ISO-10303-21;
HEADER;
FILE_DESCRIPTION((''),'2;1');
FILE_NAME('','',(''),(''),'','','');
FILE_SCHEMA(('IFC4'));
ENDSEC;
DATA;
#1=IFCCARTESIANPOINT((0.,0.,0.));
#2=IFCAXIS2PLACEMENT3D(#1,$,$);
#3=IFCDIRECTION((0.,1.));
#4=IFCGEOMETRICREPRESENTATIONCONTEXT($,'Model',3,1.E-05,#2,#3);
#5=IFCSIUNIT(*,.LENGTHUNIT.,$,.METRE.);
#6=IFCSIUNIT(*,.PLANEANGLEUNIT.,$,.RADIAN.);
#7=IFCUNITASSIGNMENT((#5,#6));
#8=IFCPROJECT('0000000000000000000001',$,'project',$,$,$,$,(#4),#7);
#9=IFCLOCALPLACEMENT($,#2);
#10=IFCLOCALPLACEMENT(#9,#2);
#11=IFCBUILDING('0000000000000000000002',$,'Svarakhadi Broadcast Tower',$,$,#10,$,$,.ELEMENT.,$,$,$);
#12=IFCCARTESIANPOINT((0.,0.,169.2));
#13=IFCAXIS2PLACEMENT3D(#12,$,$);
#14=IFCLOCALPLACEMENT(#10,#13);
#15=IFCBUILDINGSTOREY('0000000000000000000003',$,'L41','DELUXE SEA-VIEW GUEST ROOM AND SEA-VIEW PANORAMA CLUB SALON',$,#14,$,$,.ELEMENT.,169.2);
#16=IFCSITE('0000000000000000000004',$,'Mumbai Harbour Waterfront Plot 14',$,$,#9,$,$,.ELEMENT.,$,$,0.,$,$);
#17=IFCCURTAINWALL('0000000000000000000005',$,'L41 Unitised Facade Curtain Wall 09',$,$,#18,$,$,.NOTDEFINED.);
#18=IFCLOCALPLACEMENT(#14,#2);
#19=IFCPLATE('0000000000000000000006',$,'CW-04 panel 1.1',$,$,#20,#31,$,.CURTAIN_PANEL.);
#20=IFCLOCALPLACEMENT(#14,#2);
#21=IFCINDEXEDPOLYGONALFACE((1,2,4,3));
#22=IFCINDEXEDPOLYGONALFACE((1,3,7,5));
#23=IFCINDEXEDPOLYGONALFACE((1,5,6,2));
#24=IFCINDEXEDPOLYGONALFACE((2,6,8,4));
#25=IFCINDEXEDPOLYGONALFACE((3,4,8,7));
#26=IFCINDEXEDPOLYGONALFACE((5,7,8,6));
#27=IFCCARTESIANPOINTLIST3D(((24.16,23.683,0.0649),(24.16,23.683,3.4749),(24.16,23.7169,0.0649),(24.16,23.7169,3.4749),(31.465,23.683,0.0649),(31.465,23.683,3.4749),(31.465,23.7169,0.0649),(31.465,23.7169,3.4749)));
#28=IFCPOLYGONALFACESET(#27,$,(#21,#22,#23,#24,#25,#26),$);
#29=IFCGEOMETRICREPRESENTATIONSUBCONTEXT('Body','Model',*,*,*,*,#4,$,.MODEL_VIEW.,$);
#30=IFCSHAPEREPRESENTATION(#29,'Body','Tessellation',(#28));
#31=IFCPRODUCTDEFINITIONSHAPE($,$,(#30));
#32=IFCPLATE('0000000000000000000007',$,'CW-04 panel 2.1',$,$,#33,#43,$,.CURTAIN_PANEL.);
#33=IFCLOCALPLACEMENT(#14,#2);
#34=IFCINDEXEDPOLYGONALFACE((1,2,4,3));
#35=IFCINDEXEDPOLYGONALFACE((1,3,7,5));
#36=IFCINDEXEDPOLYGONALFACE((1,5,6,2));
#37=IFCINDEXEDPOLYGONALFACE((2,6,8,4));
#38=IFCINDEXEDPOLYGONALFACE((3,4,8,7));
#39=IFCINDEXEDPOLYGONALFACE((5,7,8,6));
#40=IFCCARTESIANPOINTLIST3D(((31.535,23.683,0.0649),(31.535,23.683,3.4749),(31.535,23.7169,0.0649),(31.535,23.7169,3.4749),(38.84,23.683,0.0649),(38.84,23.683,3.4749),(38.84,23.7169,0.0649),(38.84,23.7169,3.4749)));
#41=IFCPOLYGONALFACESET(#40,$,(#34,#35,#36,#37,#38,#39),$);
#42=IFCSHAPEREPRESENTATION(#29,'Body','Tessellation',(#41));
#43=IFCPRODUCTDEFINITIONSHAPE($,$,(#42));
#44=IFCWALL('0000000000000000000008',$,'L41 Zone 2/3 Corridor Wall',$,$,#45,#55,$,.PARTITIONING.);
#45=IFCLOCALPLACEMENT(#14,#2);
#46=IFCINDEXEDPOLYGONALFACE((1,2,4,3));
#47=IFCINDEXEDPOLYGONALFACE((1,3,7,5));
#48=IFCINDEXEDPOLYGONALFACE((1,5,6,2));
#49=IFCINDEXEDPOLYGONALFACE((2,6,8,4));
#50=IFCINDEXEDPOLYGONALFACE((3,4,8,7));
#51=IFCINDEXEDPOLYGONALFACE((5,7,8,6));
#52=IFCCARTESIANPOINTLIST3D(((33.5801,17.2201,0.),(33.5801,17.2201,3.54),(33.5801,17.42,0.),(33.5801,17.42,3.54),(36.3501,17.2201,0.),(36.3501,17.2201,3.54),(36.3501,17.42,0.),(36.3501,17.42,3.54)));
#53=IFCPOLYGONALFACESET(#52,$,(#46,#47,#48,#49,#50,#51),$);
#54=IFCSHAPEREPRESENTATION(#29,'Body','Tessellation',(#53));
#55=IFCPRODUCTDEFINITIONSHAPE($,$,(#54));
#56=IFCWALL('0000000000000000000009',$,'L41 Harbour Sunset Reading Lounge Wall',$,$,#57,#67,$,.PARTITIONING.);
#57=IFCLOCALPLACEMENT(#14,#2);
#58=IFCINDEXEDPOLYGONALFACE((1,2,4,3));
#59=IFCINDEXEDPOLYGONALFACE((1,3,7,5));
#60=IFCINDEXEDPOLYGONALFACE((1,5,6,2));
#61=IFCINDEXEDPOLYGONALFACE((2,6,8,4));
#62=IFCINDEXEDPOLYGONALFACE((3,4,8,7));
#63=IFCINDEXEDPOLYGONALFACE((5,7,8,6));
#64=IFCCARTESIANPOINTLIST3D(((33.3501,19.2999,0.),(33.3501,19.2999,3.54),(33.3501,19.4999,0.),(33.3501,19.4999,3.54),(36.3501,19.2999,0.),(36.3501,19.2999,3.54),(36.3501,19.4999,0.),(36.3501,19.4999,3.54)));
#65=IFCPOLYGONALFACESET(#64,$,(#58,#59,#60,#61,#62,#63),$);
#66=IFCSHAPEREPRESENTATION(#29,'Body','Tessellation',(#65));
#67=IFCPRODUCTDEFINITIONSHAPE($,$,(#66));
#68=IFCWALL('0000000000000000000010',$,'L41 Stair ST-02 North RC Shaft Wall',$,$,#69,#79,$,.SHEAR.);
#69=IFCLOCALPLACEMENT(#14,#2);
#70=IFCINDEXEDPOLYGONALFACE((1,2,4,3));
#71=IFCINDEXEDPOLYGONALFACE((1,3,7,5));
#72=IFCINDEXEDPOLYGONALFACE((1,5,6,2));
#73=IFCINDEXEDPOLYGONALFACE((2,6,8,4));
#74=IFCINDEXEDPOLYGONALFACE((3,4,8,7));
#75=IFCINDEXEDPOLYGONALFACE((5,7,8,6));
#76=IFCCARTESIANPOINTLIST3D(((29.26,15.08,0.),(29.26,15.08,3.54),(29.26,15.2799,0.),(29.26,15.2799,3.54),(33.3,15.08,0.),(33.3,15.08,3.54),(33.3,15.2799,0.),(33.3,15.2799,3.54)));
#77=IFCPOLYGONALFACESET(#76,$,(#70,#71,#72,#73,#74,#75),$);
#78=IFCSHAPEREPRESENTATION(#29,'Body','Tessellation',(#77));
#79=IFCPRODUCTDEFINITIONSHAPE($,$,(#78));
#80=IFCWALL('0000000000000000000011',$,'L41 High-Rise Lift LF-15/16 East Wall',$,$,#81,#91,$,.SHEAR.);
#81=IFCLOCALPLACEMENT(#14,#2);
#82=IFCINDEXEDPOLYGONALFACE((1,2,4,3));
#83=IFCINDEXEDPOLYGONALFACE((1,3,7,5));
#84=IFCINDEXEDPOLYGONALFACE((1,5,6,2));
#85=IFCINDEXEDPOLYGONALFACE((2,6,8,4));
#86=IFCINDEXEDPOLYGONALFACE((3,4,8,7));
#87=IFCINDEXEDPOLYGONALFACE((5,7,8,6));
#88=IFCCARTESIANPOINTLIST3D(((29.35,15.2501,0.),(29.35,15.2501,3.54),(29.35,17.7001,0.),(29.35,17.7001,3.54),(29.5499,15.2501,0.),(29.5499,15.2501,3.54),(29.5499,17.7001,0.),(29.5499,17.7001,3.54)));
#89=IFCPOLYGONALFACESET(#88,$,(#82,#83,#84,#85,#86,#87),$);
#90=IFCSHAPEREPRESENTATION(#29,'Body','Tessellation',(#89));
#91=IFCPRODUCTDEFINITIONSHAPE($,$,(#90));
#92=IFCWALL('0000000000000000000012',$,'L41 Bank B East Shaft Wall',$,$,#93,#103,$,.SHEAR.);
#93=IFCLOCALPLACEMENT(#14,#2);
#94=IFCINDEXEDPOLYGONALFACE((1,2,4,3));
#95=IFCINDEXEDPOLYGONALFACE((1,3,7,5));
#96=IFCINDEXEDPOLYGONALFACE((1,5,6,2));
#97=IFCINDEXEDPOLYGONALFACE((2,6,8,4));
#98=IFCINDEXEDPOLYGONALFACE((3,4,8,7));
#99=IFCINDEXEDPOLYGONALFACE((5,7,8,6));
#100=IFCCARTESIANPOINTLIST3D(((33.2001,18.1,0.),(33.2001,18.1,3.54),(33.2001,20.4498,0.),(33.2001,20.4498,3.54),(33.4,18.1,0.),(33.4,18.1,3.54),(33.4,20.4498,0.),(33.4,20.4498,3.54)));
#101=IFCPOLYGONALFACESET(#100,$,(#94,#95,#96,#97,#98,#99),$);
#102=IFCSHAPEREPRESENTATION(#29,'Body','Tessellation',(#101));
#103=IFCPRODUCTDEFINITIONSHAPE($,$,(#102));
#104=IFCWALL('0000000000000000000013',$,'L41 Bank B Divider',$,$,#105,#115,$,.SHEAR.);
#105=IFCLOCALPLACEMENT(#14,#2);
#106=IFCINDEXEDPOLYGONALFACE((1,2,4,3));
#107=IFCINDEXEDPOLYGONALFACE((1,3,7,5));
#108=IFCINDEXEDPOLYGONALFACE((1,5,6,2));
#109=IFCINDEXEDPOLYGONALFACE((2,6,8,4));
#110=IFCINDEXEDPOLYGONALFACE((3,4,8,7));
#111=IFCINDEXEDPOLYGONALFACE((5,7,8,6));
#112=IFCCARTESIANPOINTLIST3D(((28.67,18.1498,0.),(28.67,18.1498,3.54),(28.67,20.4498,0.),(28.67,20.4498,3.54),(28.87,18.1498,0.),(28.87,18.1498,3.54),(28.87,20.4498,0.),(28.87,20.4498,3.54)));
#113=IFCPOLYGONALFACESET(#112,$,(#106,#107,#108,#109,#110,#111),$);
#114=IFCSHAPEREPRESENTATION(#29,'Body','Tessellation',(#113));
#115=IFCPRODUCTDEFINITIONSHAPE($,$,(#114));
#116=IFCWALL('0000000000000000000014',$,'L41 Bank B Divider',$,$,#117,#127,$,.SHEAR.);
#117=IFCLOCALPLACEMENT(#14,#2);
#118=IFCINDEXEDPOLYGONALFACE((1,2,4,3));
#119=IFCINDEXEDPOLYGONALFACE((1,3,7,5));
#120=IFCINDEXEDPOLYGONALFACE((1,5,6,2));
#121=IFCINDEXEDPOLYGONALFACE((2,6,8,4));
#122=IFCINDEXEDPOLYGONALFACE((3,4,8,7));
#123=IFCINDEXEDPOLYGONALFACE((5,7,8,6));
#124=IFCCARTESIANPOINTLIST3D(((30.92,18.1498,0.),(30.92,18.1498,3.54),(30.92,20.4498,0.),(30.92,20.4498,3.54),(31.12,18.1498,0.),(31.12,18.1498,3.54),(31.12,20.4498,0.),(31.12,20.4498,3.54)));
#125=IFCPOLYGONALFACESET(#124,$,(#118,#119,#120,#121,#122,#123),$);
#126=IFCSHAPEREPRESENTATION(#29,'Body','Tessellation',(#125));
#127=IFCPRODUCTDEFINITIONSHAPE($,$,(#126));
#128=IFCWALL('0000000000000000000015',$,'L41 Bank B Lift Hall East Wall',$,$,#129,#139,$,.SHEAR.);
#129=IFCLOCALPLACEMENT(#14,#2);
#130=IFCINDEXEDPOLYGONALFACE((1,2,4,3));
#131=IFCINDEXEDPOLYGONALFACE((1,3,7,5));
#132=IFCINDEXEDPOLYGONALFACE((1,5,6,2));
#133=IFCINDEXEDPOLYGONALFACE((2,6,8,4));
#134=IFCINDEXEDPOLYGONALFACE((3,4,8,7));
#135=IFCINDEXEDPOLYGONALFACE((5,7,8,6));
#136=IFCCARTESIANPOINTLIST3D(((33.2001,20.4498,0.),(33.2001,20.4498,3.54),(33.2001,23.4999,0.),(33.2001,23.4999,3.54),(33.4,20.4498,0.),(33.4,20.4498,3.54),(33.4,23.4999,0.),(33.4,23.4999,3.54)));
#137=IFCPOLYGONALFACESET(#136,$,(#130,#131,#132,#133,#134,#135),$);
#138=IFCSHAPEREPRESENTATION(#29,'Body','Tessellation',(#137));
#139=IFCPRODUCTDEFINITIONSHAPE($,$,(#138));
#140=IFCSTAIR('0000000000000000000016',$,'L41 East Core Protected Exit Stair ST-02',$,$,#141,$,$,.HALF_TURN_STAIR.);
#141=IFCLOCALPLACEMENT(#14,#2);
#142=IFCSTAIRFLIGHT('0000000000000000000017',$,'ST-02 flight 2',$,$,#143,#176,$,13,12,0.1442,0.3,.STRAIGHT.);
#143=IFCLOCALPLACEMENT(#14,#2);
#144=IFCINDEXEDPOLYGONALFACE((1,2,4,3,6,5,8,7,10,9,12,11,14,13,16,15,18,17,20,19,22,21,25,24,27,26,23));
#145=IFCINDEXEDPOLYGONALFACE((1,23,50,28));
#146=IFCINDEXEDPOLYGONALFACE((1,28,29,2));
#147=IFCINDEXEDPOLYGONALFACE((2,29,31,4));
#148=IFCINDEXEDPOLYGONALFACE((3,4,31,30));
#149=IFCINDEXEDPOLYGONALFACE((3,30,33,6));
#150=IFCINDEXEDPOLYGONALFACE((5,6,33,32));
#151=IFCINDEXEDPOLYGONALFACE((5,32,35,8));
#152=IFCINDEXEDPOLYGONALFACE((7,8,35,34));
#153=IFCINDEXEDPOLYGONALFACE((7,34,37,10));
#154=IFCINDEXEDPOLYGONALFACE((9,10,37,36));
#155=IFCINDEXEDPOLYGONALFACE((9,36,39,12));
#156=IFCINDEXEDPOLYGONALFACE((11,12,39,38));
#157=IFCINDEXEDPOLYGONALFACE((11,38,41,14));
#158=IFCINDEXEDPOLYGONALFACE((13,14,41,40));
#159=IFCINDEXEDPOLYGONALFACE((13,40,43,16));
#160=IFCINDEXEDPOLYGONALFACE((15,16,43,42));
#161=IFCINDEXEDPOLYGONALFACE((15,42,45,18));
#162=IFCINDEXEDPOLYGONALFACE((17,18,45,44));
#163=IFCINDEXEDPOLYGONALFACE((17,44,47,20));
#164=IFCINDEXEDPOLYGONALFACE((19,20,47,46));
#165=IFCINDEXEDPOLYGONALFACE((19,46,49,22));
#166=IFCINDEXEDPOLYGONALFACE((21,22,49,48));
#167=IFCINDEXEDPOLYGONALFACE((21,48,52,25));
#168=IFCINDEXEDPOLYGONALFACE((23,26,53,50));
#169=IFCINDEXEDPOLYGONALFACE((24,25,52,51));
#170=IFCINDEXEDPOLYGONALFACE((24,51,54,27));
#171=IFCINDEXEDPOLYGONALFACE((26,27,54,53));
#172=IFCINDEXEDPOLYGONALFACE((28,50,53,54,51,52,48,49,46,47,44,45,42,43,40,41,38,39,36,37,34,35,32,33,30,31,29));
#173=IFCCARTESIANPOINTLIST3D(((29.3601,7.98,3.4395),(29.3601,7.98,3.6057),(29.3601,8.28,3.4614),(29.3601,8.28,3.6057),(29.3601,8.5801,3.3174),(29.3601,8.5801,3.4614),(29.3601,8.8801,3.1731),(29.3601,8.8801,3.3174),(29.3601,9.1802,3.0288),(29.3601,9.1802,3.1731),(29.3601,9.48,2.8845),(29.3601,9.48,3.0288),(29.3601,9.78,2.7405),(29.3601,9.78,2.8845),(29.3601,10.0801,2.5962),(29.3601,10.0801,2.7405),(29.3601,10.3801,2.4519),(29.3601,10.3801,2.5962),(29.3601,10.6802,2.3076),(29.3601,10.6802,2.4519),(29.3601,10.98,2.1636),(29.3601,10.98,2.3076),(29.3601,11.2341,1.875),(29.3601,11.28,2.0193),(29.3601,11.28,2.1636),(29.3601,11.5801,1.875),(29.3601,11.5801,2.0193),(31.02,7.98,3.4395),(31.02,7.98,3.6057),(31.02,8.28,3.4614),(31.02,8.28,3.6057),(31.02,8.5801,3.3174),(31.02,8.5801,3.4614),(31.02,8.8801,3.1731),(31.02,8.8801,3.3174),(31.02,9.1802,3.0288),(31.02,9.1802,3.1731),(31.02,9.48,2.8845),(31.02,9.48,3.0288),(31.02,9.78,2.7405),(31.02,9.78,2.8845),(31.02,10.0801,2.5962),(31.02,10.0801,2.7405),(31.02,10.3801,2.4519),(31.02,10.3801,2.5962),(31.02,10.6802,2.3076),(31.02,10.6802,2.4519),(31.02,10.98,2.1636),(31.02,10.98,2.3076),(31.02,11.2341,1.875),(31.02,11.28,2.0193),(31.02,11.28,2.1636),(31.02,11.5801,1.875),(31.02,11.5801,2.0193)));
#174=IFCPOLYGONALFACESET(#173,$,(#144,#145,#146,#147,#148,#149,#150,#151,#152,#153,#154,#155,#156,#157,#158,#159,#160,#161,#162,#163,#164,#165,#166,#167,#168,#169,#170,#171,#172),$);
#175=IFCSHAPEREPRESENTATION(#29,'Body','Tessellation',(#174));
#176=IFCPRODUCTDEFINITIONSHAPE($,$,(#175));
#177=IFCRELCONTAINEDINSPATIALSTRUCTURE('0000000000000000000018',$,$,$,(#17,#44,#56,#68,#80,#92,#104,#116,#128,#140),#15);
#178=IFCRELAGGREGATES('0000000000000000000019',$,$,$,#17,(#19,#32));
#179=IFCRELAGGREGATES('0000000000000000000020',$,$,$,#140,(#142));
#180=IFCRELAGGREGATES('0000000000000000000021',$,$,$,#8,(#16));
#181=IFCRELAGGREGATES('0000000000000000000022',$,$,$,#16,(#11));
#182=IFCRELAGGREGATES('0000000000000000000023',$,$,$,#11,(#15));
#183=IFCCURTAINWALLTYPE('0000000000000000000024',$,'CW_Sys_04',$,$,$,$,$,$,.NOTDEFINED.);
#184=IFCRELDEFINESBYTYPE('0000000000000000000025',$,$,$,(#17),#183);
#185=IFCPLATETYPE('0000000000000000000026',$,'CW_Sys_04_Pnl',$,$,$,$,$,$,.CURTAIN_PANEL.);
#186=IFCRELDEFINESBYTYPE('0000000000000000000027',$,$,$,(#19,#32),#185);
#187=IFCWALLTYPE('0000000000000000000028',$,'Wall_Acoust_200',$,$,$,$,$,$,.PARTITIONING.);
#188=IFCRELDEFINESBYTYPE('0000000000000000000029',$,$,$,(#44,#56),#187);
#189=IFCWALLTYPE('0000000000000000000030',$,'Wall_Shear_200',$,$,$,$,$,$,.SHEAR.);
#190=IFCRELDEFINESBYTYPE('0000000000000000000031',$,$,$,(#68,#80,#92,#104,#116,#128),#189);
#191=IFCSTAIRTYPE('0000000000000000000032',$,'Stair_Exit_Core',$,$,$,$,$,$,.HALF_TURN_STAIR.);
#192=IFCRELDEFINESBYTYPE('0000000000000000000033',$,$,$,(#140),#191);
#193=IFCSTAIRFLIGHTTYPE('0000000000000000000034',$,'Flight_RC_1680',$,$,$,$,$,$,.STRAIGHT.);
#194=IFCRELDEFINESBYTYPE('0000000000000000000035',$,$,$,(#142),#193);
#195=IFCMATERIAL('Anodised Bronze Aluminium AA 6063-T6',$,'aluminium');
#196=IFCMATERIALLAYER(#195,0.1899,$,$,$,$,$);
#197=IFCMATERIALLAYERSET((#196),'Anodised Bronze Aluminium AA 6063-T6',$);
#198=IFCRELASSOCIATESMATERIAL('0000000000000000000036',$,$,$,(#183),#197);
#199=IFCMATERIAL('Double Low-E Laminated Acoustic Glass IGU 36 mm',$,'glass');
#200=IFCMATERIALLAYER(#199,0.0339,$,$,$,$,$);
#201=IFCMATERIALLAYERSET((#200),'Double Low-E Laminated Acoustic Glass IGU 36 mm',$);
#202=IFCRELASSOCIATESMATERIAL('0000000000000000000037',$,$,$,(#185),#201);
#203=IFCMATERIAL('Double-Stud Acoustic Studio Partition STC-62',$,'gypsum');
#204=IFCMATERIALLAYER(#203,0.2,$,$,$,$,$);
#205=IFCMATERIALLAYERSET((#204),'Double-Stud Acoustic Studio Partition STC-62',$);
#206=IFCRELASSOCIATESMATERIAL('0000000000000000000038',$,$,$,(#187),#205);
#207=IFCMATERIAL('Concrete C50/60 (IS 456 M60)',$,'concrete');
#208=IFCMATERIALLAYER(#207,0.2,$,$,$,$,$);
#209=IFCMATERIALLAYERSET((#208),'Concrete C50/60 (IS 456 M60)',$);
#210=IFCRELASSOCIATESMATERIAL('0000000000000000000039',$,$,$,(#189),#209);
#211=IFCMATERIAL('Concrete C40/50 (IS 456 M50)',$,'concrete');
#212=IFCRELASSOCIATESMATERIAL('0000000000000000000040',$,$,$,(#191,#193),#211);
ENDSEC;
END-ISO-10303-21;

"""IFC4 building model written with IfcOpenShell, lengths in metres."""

from ifc_helpers import new_model, si_unit, direction, frame, frame_2d, origin, origin_2d, place, context, subcontext, project, spatial, polyline, rectangle, outline, extrude, material, layer, layer_set, type_object, element, aggregate, save


model = new_model("IFC4")

# Units and contexts
model_context = context("Model", 3, precision=1e-05, world=origin(), true_north=direction((0.0, 1.0)))
body_context = subcontext(model_context, "Body", "Model", "MODEL_VIEW")
ifc_project = project(units=[si_unit("LENGTHUNIT", "METRE"), si_unit("PLANEANGLEUNIT", "RADIAN")], contexts=[model_context])

# Site, building, storey
site_placement = place(None, origin())
site = spatial("IfcSite", under=ifc_project, at=site_placement, Name="Mumbai Harbour Waterfront Plot 14", CompositionType="ELEMENT", RefElevation=0.0)
building_placement = place(site_placement, origin())
building = spatial("IfcBuilding", under=site, at=building_placement, Name="Svarakhadi Broadcast Tower", CompositionType="ELEMENT")
storey_placement = place(building_placement, frame((0.0, 0.0, 169.2)))
storey = spatial("IfcBuildingStorey", under=building, at=storey_placement, Name="L41", Description="DELUXE SEA-VIEW GUEST ROOM AND SEA-VIEW PANORAMA CLUB SALON", CompositionType="ELEMENT", Elevation=169.2)

# Shared definitions
ifc_material_1 = material(Name="Concrete C50/60 (IS 456 M60)", Category="concrete")

# Curtain wall
ifc_material_2 = material(Name="Anodised Bronze Aluminium AA 6063-T6", Category="aluminium")
ifc_layer_1 = layer(ifc_material_2, 0.1899)
ifc_layer_set_1 = layer_set([ifc_layer_1], Name="Anodised Bronze Aluminium AA 6063-T6")
curtain_wall_type = type_object("IfcCurtainWallType", Name="CW_Sys_04", PredefinedType="NOTDEFINED", material=ifc_layer_set_1)
curtain_wall_placement = place(storey_placement, origin())
curtain_wall = element("IfcCurtainWall", 1, at=curtain_wall_placement, inside=storey, type_object=curtain_wall_type, Name="L41 Unitised Facade Curtain Wall 09", PredefinedType="NOTDEFINED")

# Plates
ifc_material_3 = material(Name="Double Low-E Laminated Acoustic Glass IGU 36 mm", Category="glass")
ifc_layer_2 = layer(ifc_material_3, 0.0339)
ifc_layer_set_2 = layer_set([ifc_layer_2], Name="Double Low-E Laminated Acoustic Glass IGU 36 mm")
plate_type = type_object("IfcPlateType", Name="CW_Sys_04_Pnl", PredefinedType="CURTAIN_PANEL", material=ifc_layer_set_2)
plate_1_placement = place(storey_placement, frame((27.8125, 23.7, 0.0649), z_axis=(0.0, 0.0, 1.0), x_axis=(1.0, 0.0, 0.0)))
plate_1 = element("IfcPlate", 2, at=plate_1_placement, type_object=plate_type, Name="CW-04 panel 1.1", PredefinedType="CURTAIN_PANEL", context=body_context, shape_type="SweptSolid", body=[
    extrude(rectangle(XDim=7.3049, YDim=0.0339, at=origin_2d()), origin(), (0.0, 0.0, 1.0), 3.4099),
])
plate_2_placement = place(storey_placement, frame((35.1875, 23.7, 0.0649), z_axis=(0.0, 0.0, 1.0), x_axis=(1.0, 0.0, 0.0)))
plate_2 = element("IfcPlate", 3, at=plate_2_placement, type_object=plate_type, Name="CW-04 panel 2.1", PredefinedType="CURTAIN_PANEL", context=body_context, shape_type="SweptSolid", body=[
    extrude(rectangle(XDim=7.3049, YDim=0.0339, at=origin_2d()), origin(), (0.0, 0.0, 1.0), 3.4099),
])
aggregate(curtain_wall, [plate_1, plate_2])

# Walls
ifc_material_4 = material(Name="Double-Stud Acoustic Studio Partition STC-62", Category="gypsum")
ifc_layer_3 = layer(ifc_material_4, 0.2)
ifc_layer_set_3 = layer_set([ifc_layer_3], Name="Double-Stud Acoustic Studio Partition STC-62")
wall_type_1 = type_object("IfcWallType", Name="Wall_Acoust_200", PredefinedType="PARTITIONING", material=ifc_layer_set_3)
wall_1_placement = place(storey_placement, frame((33.5801, 17.3201, 0.0), z_axis=(0.0, 0.0, 1.0), x_axis=(1.0, 0.0, 0.0)))
element("IfcWall", 4, at=wall_1_placement, inside=storey, type_object=wall_type_1, Name="L41 Zone 2/3 Corridor Wall", PredefinedType="PARTITIONING", context=body_context, shape_type="SweptSolid", body=[
    extrude(rectangle(XDim=2.77, YDim=0.2, at=frame_2d((1.385, 0.0))), origin(), (0.0, 0.0, 1.0), 3.54),
])
wall_2_placement = place(storey_placement, frame((33.3501, 19.3999, 0.0), z_axis=(0.0, 0.0, 1.0), x_axis=(1.0, 0.0, 0.0)))
element("IfcWall", 5, at=wall_2_placement, inside=storey, type_object=wall_type_1, Name="L41 Harbour Sunset Reading Lounge Wall", PredefinedType="PARTITIONING", context=body_context, shape_type="SweptSolid", body=[
    extrude(rectangle(XDim=3.0, YDim=0.2, at=frame_2d((1.5, 0.0))), origin(), (0.0, 0.0, 1.0), 3.54),
])

# Walls
ifc_layer_4 = layer(ifc_material_1, 0.2)
ifc_layer_set_4 = layer_set([ifc_layer_4], Name="Concrete C50/60 (IS 456 M60)")
wall_type_2 = type_object("IfcWallType", Name="Wall_Shear_200", PredefinedType="SHEAR", material=ifc_layer_set_4)
wall_3_placement = place(storey_placement, frame((29.26, 15.1799, 0.0), z_axis=(0.0, 0.0, 1.0), x_axis=(1.0, 0.0, 0.0)))
element("IfcWall", 6, at=wall_3_placement, inside=storey, type_object=wall_type_2, Name="L41 Stair ST-02 North RC Shaft Wall", PredefinedType="SHEAR", context=body_context, shape_type="SweptSolid", body=[
    extrude(rectangle(XDim=4.04, YDim=0.2, at=frame_2d((2.02, 0.0))), origin(), (0.0, 0.0, 1.0), 3.54),
])
wall_4_placement = place(storey_placement, frame((29.45, 15.25, 0.0), z_axis=(0.0, 0.0, 1.0), x_axis=(0.0, 1.0, 0.0)))
element("IfcWall", 7, at=wall_4_placement, inside=storey, type_object=wall_type_2, Name="L41 High-Rise Lift LF-15/16 East Wall", PredefinedType="SHEAR", context=body_context, shape_type="SweptSolid", body=[
    extrude(rectangle(XDim=2.45, YDim=0.2, at=frame_2d((1.2251, 0.0))), origin(), (0.0, 0.0, 1.0), 3.54),
])
wall_5_placement = place(storey_placement, frame((33.3, 18.1001, 0.0), z_axis=(0.0, 0.0, 1.0), x_axis=(0.0, 1.0, 0.0)))
element("IfcWall", 8, at=wall_5_placement, inside=storey, type_object=wall_type_2, Name="L41 Bank B East Shaft Wall", PredefinedType="SHEAR", context=body_context, shape_type="SweptSolid", body=[
    extrude(rectangle(XDim=2.3499, YDim=0.2, at=frame_2d((1.1748, 0.0))), origin(), (0.0, 0.0, 1.0), 3.54),
])
for number, where, z_axis, x_axis, name in (
    (9, (28.77, 18.1499, 0.0), (0.0, 0.0, 1.0), (0.0, 1.0, 0.0), "L41 Bank B Divider"),
    (10, (31.02, 18.1499, 0.0), (0.0, 0.0, 1.0), (0.0, 1.0, 0.0), "L41 Bank B Divider"),
):
    element("IfcWall", number, at=place(storey_placement, frame(where, z_axis=z_axis, x_axis=x_axis)), inside=storey, type_object=wall_type_2, Name=name, PredefinedType="SHEAR", context=body_context, shape_type="SweptSolid", body=[
        extrude(rectangle(XDim=2.3, YDim=0.2, at=frame_2d((1.1499, 0.0))), origin(), (0.0, 0.0, 1.0), 3.54),
    ])
wall_6_placement = place(storey_placement, frame((33.3, 20.45, 0.0), z_axis=(0.0, 0.0, 1.0), x_axis=(0.0, 1.0, 0.0)))
element("IfcWall", 11, at=wall_6_placement, inside=storey, type_object=wall_type_2, Name="L41 Bank B Lift Hall East Wall", PredefinedType="SHEAR", context=body_context, shape_type="SweptSolid", body=[
    extrude(rectangle(XDim=3.05, YDim=0.2, at=frame_2d((1.5249, 0.0))), origin(), (0.0, 0.0, 1.0), 3.54),
])

# Stair, stair flight
ifc_material_5 = material(Name="Concrete C40/50 (IS 456 M50)", Category="concrete")
stair_type = type_object("IfcStairType", Name="Stair_Exit_Core", PredefinedType="HALF_TURN_STAIR", material=ifc_material_5)
stair_placement = place(storey_placement, origin())
stair = element("IfcStair", 12, at=stair_placement, inside=storey, type_object=stair_type, Name="L41 East Core Protected Exit Stair ST-02", PredefinedType="HALF_TURN_STAIR")
stair_flight_type = type_object("IfcStairFlightType", Name="Flight_RC_1680", PredefinedType="STRAIGHT", material=ifc_material_5)
stair_flight_placement = place(storey_placement, frame((30.1899, 11.5801, 1.875), z_axis=(0.0, 0.0, 1.0), x_axis=(0.0, -1.0, 0.0)))
stair_flight = element("IfcStairFlight", 13, at=stair_flight_placement, type_object=stair_flight_type, Name="ST-02 flight 2", NumberOfRisers=13, NumberOfTreads=12, PredefinedType="STRAIGHT", RiserHeight=0.1442, TreadLength=0.3, context=body_context, shape_type="SweptSolid", body=[
    extrude(outline(polyline([(0.0, 0.0), (0.0, 0.1443), (0.3, 0.1443), (0.3, 0.2886), (0.6001, 0.2886), (0.6001, 0.4326), (0.8999, 0.4326), (0.8999, 0.5769), (1.2, 0.5769), (1.2, 0.7212), (1.5, 0.7212), (1.5, 0.8655), (1.8, 0.8655), (1.8, 1.0095), (2.1001, 1.0095), (2.1001, 1.1538), (2.3999, 1.1538), (2.3999, 1.2981), (2.7, 1.2981), (2.7, 1.4424), (3.0, 1.4424), (3.0, 1.5864), (3.3, 1.5864), (3.3, 1.7307), (3.6001, 1.7307), (3.6001, 1.875), (3.6001, 1.5645), (0.3459, 0.0), (0.0, 0.0)])), frame((0.0, 0.8301, 0.0), z_axis=(0.0, -1.0, 0.0), x_axis=(1.0, 0.0, 0.0)), (0.0, 0.0, 1.0), 1.6599),
])
aggregate(stair, [stair_flight])

save(model, "model.ifc")
